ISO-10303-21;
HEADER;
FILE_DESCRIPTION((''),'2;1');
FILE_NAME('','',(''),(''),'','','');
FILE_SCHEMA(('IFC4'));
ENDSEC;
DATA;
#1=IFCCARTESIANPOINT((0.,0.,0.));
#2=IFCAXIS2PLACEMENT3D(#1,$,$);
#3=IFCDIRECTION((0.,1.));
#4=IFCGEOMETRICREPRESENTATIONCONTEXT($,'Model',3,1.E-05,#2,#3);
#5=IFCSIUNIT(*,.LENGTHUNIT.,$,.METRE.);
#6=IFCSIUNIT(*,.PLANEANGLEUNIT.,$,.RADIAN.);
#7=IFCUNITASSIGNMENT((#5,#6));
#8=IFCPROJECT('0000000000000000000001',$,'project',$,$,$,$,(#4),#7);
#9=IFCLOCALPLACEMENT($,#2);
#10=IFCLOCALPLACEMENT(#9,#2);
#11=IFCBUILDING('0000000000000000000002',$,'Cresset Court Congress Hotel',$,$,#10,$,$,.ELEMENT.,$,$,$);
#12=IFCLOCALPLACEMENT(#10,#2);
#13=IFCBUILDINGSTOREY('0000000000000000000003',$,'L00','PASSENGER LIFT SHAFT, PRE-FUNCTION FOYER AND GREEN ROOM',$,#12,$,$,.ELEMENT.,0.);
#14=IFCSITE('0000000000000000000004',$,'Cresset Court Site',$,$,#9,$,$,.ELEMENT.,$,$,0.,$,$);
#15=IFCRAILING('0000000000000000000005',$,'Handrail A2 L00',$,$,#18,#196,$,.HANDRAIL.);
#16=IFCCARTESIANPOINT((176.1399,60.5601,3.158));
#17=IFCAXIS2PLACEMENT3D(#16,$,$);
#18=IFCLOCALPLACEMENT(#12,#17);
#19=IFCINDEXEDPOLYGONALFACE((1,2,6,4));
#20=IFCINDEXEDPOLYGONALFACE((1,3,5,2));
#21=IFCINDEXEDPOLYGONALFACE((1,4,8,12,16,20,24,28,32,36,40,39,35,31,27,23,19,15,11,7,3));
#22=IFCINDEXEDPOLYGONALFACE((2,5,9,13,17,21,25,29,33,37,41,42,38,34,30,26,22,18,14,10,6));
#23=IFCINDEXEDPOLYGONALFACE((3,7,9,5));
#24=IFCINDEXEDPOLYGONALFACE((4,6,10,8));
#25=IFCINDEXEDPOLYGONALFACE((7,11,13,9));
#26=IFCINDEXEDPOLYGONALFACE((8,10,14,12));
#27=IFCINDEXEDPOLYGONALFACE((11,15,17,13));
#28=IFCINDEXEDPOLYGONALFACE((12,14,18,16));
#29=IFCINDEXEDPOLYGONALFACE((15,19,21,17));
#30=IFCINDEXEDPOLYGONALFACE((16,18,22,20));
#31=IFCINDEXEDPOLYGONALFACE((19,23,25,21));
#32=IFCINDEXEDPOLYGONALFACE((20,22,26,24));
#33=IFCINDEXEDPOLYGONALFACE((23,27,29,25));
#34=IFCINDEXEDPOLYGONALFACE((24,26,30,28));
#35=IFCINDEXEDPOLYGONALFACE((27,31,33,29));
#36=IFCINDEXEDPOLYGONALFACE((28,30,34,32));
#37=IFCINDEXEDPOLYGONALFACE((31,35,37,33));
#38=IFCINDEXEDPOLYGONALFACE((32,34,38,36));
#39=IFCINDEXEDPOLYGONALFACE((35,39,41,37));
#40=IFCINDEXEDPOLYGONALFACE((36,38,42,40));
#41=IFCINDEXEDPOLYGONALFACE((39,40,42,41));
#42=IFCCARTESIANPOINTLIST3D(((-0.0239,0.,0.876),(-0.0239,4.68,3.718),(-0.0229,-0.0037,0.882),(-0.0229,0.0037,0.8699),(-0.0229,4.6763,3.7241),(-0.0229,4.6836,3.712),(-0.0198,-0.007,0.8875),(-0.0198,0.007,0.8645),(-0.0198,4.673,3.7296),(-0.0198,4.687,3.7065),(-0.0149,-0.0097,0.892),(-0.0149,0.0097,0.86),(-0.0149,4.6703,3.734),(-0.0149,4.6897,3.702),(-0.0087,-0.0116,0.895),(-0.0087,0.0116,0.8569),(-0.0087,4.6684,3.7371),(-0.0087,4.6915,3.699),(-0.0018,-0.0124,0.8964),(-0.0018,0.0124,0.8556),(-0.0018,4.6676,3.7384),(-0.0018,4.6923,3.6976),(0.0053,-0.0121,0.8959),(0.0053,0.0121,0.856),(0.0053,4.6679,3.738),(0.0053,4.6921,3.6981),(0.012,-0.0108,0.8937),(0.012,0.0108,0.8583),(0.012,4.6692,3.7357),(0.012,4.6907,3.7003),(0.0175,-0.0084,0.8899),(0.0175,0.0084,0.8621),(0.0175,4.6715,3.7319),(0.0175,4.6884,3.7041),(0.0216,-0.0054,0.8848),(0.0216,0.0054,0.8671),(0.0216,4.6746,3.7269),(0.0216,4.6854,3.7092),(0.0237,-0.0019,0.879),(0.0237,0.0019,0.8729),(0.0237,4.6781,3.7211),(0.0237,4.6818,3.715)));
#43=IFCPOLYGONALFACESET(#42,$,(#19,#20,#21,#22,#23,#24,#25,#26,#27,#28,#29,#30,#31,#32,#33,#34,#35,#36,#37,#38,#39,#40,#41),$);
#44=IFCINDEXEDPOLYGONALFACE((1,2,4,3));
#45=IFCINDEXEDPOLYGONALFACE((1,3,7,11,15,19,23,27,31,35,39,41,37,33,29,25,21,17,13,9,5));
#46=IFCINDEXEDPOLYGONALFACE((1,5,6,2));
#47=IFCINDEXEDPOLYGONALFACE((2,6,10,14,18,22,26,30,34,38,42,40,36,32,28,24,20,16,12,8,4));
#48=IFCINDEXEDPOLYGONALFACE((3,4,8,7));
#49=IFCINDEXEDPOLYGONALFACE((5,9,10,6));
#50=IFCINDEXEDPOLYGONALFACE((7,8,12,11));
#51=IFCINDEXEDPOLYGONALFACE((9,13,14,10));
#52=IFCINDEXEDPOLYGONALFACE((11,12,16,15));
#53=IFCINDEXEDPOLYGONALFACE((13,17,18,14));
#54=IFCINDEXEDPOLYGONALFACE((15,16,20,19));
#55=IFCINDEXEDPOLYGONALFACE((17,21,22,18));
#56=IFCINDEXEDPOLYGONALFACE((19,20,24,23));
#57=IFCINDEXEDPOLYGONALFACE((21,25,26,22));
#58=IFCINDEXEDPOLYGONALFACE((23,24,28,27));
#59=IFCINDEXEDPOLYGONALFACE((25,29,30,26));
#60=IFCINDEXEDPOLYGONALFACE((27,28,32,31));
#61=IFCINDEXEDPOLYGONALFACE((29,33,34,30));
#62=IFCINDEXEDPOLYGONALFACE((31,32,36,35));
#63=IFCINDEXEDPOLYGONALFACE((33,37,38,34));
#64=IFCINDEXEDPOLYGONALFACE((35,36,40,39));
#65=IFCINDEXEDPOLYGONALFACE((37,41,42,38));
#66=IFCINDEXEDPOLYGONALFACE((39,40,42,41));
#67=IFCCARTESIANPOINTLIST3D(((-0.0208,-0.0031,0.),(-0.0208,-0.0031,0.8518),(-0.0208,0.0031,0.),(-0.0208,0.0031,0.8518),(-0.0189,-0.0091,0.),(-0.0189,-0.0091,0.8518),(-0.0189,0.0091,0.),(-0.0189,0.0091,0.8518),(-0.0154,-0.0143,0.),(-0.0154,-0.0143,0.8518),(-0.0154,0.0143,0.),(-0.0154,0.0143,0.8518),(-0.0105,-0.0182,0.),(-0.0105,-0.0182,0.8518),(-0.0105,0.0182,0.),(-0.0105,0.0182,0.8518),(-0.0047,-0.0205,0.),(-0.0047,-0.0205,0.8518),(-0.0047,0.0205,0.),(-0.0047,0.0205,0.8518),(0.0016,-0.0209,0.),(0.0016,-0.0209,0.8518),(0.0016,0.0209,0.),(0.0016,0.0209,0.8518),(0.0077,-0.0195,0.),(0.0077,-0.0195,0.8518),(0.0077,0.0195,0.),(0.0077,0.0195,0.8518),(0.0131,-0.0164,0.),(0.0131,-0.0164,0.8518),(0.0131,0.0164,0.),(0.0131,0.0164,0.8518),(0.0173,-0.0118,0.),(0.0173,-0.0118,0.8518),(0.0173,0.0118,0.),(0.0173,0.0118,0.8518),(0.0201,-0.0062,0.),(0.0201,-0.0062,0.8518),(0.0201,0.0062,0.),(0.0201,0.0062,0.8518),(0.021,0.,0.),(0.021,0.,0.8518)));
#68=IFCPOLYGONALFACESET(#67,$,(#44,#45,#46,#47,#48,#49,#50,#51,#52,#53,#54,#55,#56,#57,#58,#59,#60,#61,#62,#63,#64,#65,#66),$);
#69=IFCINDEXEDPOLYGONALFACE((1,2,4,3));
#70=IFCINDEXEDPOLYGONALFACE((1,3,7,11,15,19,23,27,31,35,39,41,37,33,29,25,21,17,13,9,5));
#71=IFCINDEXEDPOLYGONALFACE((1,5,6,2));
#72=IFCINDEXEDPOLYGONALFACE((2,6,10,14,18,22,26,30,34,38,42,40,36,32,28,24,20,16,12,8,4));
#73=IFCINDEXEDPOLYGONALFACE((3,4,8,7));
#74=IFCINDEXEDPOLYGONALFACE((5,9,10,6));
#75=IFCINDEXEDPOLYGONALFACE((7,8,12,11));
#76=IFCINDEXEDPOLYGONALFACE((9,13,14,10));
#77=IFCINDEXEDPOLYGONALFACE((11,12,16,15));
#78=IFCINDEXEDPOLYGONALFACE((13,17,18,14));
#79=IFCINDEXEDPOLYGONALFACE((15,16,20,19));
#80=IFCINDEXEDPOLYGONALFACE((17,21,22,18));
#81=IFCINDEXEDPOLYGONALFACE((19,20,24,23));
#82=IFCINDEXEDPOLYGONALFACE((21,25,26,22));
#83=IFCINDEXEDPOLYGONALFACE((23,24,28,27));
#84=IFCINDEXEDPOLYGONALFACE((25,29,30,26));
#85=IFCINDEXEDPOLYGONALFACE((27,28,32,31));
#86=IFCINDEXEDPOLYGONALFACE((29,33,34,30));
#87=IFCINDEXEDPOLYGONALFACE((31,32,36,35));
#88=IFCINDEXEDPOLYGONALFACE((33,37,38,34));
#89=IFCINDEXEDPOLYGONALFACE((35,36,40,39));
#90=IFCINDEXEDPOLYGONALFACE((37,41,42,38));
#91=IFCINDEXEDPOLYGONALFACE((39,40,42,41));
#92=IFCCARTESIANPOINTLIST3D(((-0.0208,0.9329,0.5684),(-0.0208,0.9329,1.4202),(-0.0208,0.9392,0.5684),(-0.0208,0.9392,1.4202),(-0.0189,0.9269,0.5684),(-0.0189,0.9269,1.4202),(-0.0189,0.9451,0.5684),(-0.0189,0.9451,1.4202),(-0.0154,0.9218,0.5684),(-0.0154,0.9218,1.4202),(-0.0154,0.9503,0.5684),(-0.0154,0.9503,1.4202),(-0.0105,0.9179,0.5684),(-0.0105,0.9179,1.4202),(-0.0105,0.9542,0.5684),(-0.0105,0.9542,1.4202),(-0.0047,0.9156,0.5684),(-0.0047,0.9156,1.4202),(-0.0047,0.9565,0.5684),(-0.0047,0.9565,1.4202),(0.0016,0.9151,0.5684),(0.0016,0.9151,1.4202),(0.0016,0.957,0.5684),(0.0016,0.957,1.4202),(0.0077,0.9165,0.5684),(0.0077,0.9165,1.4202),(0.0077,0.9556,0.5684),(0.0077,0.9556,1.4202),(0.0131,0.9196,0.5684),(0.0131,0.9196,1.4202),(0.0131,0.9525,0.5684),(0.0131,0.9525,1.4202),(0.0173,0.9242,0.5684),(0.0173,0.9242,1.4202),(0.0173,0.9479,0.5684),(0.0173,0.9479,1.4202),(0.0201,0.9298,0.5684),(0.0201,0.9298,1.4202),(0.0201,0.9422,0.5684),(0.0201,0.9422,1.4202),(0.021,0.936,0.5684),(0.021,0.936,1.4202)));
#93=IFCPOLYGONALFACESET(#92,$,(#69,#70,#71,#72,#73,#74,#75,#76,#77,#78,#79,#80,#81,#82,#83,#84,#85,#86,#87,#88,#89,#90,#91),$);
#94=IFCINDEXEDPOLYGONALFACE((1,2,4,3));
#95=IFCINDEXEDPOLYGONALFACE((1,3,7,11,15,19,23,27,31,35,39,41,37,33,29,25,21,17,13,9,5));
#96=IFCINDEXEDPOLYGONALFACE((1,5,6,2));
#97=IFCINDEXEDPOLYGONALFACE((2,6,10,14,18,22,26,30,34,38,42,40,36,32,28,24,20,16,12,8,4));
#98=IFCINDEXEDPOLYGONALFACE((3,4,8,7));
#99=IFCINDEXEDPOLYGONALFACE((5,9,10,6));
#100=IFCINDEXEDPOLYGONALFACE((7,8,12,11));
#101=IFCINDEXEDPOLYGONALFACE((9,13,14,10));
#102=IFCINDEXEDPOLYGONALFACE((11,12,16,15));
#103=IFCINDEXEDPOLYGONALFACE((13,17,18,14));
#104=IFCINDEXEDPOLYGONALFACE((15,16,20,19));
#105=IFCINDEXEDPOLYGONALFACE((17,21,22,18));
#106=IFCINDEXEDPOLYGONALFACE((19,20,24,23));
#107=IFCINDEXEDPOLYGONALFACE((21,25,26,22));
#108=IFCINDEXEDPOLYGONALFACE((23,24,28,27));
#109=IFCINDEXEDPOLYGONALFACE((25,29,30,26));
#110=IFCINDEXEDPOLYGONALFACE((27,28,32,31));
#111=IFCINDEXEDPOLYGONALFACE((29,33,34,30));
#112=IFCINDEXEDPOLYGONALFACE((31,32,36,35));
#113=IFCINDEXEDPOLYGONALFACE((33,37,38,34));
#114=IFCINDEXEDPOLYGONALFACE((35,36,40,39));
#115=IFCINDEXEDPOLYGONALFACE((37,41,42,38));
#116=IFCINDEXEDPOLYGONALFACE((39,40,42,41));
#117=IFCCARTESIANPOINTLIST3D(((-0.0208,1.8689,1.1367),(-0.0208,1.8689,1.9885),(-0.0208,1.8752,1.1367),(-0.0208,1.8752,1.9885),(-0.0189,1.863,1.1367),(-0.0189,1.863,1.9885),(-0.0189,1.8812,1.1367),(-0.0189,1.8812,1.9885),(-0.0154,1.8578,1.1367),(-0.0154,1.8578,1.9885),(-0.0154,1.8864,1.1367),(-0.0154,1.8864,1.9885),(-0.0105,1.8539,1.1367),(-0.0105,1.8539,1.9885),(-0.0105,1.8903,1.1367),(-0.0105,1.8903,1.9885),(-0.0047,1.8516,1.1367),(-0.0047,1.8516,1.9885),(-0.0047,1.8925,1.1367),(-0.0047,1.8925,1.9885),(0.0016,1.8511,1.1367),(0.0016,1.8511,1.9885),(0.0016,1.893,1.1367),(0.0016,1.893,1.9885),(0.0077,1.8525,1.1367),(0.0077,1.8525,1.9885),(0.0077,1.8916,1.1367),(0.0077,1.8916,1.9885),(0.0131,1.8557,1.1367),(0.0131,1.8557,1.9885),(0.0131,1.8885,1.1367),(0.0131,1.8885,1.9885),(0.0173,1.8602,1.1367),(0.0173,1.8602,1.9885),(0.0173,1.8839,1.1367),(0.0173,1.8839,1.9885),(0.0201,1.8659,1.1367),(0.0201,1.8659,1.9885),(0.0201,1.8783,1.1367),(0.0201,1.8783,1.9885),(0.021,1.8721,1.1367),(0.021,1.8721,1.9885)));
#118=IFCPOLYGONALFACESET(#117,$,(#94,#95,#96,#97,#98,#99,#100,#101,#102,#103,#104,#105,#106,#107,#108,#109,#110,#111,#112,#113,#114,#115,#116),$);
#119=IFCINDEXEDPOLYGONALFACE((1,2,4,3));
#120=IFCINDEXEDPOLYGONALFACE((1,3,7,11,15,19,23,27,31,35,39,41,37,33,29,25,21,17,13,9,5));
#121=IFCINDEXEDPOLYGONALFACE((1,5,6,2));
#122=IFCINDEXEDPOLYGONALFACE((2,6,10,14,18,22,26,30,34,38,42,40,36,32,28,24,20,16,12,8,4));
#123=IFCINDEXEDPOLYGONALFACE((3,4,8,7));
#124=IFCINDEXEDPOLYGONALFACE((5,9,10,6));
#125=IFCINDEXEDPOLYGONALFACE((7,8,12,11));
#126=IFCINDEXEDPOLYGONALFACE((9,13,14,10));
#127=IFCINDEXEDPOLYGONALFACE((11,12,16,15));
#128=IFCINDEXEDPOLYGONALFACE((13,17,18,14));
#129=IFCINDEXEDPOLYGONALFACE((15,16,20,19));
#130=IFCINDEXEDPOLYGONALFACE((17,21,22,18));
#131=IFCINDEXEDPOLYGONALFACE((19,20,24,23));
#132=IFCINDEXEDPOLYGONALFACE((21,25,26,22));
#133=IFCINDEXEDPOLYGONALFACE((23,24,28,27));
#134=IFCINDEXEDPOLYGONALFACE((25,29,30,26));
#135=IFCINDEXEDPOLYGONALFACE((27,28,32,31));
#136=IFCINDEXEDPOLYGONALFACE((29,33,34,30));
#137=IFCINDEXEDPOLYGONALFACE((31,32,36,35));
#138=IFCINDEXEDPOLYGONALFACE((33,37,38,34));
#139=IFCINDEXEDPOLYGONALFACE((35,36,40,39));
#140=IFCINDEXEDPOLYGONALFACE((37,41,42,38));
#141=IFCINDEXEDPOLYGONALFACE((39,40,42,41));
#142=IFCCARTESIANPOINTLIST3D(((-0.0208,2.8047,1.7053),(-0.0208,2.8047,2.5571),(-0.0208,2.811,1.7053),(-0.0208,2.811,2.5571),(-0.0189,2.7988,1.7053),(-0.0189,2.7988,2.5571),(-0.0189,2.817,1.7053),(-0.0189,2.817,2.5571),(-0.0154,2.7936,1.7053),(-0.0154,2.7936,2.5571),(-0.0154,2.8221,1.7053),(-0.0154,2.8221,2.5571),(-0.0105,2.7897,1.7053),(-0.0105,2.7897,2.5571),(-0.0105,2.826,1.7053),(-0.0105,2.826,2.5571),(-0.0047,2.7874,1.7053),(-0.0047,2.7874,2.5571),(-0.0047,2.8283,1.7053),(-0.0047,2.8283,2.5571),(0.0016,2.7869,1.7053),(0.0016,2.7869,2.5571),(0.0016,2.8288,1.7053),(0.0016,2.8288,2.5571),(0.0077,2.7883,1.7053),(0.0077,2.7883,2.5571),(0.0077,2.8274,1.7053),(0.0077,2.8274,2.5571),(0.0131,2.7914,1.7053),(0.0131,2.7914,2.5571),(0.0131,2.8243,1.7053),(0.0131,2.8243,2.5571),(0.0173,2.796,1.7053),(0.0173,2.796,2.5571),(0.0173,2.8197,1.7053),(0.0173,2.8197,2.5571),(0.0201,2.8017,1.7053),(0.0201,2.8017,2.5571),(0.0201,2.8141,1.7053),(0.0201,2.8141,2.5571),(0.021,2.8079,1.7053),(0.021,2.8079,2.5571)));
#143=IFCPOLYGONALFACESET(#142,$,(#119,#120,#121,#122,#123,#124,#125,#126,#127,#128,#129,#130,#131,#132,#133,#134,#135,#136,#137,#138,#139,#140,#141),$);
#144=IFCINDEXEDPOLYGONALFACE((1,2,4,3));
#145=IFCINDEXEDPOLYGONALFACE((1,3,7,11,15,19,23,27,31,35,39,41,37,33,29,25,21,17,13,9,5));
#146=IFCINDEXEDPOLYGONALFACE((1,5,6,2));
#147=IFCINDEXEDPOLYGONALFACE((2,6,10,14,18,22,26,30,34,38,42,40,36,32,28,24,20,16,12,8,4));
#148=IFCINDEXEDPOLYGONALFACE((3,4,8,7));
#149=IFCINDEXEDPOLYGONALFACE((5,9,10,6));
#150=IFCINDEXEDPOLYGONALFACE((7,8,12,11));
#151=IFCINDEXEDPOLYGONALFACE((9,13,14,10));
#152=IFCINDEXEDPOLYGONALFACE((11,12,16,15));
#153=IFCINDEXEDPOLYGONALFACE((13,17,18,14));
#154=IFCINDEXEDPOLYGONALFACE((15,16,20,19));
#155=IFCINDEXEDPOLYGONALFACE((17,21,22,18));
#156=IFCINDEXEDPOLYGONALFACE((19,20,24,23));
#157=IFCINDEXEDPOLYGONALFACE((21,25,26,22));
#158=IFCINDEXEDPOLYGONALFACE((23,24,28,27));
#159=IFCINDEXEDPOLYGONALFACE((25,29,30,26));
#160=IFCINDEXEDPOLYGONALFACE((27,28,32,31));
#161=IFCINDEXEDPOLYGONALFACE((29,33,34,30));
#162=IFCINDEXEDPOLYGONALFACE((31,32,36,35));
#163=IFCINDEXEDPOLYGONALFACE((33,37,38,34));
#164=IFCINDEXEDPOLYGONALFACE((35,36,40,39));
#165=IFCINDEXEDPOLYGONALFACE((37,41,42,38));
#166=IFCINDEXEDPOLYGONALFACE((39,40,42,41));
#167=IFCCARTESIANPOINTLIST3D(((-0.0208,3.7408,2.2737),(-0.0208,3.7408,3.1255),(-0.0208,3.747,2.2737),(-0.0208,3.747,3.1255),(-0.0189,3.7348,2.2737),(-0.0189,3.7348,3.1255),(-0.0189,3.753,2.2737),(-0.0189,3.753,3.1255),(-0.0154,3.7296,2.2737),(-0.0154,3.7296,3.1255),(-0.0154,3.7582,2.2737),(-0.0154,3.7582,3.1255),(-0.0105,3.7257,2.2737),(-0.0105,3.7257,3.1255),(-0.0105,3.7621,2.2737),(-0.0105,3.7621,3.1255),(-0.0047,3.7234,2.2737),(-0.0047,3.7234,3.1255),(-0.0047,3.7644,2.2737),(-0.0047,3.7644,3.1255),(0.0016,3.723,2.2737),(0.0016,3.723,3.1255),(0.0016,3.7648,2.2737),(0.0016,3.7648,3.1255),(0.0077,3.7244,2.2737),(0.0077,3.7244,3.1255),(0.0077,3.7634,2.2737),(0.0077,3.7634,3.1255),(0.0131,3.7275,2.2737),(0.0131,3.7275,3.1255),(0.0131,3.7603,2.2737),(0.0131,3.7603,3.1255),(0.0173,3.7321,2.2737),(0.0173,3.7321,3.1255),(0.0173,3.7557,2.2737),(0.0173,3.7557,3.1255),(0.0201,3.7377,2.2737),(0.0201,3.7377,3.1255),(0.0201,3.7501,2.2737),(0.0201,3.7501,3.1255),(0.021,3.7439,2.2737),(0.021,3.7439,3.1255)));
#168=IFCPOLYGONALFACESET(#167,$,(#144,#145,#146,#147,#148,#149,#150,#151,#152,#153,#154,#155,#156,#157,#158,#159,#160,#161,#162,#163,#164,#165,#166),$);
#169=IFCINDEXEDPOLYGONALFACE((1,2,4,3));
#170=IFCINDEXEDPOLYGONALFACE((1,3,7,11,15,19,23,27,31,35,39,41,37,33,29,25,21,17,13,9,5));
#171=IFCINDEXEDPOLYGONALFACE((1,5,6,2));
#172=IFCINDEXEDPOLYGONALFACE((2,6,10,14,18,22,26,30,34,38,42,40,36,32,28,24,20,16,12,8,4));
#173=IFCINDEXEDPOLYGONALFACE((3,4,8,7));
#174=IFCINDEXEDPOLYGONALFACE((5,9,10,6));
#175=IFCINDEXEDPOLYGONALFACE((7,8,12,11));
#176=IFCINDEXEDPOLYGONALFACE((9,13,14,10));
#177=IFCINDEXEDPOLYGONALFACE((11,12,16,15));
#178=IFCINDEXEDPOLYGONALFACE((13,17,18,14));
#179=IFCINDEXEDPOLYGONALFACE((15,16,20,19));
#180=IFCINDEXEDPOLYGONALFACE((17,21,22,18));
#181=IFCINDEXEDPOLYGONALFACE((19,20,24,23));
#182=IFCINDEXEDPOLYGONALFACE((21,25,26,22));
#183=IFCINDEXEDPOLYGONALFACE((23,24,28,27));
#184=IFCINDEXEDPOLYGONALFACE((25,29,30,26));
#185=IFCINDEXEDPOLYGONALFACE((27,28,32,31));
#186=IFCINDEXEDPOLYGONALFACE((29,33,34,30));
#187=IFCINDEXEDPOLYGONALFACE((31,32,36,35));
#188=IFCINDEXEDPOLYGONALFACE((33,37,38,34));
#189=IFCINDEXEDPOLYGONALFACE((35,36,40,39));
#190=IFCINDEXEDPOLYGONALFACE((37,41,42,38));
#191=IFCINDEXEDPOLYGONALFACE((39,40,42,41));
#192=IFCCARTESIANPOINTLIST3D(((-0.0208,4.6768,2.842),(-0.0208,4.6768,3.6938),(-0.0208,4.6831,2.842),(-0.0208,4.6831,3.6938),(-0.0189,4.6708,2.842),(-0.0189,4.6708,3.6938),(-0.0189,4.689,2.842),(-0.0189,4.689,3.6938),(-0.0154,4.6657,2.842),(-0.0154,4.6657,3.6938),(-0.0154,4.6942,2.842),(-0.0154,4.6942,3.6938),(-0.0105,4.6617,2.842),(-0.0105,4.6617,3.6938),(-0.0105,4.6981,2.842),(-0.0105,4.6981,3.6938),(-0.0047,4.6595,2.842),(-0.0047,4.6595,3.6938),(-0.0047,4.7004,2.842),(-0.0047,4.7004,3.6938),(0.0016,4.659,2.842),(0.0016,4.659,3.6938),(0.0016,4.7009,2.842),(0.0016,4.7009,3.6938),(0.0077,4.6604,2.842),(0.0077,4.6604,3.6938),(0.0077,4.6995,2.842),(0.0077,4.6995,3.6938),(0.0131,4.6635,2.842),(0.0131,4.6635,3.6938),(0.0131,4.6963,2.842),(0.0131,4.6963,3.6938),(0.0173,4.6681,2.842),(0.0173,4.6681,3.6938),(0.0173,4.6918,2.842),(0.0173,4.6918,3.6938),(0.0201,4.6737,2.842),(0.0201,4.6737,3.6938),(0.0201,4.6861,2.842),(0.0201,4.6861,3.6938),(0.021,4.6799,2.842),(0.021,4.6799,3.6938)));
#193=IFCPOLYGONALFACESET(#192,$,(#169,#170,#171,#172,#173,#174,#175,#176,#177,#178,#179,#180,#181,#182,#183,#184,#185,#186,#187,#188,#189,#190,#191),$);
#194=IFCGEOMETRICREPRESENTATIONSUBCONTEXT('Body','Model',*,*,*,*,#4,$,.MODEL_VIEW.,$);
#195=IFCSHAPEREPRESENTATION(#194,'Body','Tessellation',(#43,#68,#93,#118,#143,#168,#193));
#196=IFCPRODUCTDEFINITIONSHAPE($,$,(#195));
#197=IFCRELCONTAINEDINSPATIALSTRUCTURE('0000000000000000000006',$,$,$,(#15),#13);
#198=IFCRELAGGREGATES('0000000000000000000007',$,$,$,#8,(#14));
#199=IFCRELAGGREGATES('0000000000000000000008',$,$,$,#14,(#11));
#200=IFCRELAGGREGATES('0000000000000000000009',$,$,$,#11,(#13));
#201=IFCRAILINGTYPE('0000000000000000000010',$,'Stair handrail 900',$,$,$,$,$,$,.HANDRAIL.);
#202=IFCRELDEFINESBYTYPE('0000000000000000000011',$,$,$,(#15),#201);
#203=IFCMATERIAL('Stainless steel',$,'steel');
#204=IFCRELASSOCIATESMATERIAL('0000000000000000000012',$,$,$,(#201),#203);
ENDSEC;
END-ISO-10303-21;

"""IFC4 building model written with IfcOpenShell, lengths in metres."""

from ifc_helpers import new_model, si_unit, direction, frame, origin, origin_2d, place, context, subcontext, project, spatial, circle, extrude, material, type_object, element, save


model = new_model("IFC4")

# Units and contexts
model_context = context("Model", 3, precision=1e-05, world=origin(), true_north=direction((0.0, 1.0)))
body_context = subcontext(model_context, "Body", "Model", "MODEL_VIEW")
ifc_project = project(units=[si_unit("LENGTHUNIT", "METRE"), si_unit("PLANEANGLEUNIT", "RADIAN")], contexts=[model_context])

# Site, building, storey
site_placement = place(None, origin())
site = spatial("IfcSite", under=ifc_project, at=site_placement, Name="Cresset Court Site", CompositionType="ELEMENT", RefElevation=0.0)
building_placement = place(site_placement, origin())
building = spatial("IfcBuilding", under=site, at=building_placement, Name="Cresset Court Congress Hotel", CompositionType="ELEMENT")
storey_placement = place(building_placement, origin())
storey = spatial("IfcBuildingStorey", under=building, at=storey_placement, Name="L00", Description="PASSENGER LIFT SHAFT, PRE-FUNCTION FOYER AND GREEN ROOM", CompositionType="ELEMENT", Elevation=0.0)

# Railing
ifc_material_1 = material(Name="Stainless steel", Category="steel")
railing_type_1 = type_object("IfcRailingType", Name="Stair handrail 900", PredefinedType="HANDRAIL", material=ifc_material_1)
railing_1_placement = place(storey_placement, frame((176.1399, 60.5601, 3.158)))
element("IfcRailing", 1, at=railing_1_placement, inside=storey, type_object=railing_type_1, Name="Handrail A2 L00", PredefinedType="HANDRAIL", context=body_context, shape_type="SweptSolid", body=[
    extrude(circle(Radius=0.0239, at=origin_2d()), frame((0.0, 0.0, 0.876), z_axis=(0.0, 0.854735, 0.519065), x_axis=(-1.0, 0.0, 0.0)), (0.0, 0.0, 1.0), 5.4753),
    extrude(circle(Radius=0.021, at=origin_2d()), origin(), (0.0, 0.0, 1.0), 0.8518),
    extrude(circle(Radius=0.021, at=origin_2d()), frame((0.0, 0.936, 0.5684)), (0.0, 0.0, 1.0), 0.8518),
    extrude(circle(Radius=0.021, at=origin_2d()), frame((0.0, 1.8721, 1.1367)), (0.0, 0.0, 1.0), 0.8518),
    extrude(circle(Radius=0.021, at=origin_2d()), frame((0.0, 2.8079, 1.7053)), (0.0, 0.0, 1.0), 0.8518),
    extrude(circle(Radius=0.021, at=origin_2d()), frame((0.0, 3.7439, 2.2737)), (0.0, 0.0, 1.0), 0.8518),
    extrude(circle(Radius=0.021, at=origin_2d()), frame((0.0, 4.6799, 2.842)), (0.0, 0.0, 1.0), 0.8518),
])

save(model, "model.ifc")
